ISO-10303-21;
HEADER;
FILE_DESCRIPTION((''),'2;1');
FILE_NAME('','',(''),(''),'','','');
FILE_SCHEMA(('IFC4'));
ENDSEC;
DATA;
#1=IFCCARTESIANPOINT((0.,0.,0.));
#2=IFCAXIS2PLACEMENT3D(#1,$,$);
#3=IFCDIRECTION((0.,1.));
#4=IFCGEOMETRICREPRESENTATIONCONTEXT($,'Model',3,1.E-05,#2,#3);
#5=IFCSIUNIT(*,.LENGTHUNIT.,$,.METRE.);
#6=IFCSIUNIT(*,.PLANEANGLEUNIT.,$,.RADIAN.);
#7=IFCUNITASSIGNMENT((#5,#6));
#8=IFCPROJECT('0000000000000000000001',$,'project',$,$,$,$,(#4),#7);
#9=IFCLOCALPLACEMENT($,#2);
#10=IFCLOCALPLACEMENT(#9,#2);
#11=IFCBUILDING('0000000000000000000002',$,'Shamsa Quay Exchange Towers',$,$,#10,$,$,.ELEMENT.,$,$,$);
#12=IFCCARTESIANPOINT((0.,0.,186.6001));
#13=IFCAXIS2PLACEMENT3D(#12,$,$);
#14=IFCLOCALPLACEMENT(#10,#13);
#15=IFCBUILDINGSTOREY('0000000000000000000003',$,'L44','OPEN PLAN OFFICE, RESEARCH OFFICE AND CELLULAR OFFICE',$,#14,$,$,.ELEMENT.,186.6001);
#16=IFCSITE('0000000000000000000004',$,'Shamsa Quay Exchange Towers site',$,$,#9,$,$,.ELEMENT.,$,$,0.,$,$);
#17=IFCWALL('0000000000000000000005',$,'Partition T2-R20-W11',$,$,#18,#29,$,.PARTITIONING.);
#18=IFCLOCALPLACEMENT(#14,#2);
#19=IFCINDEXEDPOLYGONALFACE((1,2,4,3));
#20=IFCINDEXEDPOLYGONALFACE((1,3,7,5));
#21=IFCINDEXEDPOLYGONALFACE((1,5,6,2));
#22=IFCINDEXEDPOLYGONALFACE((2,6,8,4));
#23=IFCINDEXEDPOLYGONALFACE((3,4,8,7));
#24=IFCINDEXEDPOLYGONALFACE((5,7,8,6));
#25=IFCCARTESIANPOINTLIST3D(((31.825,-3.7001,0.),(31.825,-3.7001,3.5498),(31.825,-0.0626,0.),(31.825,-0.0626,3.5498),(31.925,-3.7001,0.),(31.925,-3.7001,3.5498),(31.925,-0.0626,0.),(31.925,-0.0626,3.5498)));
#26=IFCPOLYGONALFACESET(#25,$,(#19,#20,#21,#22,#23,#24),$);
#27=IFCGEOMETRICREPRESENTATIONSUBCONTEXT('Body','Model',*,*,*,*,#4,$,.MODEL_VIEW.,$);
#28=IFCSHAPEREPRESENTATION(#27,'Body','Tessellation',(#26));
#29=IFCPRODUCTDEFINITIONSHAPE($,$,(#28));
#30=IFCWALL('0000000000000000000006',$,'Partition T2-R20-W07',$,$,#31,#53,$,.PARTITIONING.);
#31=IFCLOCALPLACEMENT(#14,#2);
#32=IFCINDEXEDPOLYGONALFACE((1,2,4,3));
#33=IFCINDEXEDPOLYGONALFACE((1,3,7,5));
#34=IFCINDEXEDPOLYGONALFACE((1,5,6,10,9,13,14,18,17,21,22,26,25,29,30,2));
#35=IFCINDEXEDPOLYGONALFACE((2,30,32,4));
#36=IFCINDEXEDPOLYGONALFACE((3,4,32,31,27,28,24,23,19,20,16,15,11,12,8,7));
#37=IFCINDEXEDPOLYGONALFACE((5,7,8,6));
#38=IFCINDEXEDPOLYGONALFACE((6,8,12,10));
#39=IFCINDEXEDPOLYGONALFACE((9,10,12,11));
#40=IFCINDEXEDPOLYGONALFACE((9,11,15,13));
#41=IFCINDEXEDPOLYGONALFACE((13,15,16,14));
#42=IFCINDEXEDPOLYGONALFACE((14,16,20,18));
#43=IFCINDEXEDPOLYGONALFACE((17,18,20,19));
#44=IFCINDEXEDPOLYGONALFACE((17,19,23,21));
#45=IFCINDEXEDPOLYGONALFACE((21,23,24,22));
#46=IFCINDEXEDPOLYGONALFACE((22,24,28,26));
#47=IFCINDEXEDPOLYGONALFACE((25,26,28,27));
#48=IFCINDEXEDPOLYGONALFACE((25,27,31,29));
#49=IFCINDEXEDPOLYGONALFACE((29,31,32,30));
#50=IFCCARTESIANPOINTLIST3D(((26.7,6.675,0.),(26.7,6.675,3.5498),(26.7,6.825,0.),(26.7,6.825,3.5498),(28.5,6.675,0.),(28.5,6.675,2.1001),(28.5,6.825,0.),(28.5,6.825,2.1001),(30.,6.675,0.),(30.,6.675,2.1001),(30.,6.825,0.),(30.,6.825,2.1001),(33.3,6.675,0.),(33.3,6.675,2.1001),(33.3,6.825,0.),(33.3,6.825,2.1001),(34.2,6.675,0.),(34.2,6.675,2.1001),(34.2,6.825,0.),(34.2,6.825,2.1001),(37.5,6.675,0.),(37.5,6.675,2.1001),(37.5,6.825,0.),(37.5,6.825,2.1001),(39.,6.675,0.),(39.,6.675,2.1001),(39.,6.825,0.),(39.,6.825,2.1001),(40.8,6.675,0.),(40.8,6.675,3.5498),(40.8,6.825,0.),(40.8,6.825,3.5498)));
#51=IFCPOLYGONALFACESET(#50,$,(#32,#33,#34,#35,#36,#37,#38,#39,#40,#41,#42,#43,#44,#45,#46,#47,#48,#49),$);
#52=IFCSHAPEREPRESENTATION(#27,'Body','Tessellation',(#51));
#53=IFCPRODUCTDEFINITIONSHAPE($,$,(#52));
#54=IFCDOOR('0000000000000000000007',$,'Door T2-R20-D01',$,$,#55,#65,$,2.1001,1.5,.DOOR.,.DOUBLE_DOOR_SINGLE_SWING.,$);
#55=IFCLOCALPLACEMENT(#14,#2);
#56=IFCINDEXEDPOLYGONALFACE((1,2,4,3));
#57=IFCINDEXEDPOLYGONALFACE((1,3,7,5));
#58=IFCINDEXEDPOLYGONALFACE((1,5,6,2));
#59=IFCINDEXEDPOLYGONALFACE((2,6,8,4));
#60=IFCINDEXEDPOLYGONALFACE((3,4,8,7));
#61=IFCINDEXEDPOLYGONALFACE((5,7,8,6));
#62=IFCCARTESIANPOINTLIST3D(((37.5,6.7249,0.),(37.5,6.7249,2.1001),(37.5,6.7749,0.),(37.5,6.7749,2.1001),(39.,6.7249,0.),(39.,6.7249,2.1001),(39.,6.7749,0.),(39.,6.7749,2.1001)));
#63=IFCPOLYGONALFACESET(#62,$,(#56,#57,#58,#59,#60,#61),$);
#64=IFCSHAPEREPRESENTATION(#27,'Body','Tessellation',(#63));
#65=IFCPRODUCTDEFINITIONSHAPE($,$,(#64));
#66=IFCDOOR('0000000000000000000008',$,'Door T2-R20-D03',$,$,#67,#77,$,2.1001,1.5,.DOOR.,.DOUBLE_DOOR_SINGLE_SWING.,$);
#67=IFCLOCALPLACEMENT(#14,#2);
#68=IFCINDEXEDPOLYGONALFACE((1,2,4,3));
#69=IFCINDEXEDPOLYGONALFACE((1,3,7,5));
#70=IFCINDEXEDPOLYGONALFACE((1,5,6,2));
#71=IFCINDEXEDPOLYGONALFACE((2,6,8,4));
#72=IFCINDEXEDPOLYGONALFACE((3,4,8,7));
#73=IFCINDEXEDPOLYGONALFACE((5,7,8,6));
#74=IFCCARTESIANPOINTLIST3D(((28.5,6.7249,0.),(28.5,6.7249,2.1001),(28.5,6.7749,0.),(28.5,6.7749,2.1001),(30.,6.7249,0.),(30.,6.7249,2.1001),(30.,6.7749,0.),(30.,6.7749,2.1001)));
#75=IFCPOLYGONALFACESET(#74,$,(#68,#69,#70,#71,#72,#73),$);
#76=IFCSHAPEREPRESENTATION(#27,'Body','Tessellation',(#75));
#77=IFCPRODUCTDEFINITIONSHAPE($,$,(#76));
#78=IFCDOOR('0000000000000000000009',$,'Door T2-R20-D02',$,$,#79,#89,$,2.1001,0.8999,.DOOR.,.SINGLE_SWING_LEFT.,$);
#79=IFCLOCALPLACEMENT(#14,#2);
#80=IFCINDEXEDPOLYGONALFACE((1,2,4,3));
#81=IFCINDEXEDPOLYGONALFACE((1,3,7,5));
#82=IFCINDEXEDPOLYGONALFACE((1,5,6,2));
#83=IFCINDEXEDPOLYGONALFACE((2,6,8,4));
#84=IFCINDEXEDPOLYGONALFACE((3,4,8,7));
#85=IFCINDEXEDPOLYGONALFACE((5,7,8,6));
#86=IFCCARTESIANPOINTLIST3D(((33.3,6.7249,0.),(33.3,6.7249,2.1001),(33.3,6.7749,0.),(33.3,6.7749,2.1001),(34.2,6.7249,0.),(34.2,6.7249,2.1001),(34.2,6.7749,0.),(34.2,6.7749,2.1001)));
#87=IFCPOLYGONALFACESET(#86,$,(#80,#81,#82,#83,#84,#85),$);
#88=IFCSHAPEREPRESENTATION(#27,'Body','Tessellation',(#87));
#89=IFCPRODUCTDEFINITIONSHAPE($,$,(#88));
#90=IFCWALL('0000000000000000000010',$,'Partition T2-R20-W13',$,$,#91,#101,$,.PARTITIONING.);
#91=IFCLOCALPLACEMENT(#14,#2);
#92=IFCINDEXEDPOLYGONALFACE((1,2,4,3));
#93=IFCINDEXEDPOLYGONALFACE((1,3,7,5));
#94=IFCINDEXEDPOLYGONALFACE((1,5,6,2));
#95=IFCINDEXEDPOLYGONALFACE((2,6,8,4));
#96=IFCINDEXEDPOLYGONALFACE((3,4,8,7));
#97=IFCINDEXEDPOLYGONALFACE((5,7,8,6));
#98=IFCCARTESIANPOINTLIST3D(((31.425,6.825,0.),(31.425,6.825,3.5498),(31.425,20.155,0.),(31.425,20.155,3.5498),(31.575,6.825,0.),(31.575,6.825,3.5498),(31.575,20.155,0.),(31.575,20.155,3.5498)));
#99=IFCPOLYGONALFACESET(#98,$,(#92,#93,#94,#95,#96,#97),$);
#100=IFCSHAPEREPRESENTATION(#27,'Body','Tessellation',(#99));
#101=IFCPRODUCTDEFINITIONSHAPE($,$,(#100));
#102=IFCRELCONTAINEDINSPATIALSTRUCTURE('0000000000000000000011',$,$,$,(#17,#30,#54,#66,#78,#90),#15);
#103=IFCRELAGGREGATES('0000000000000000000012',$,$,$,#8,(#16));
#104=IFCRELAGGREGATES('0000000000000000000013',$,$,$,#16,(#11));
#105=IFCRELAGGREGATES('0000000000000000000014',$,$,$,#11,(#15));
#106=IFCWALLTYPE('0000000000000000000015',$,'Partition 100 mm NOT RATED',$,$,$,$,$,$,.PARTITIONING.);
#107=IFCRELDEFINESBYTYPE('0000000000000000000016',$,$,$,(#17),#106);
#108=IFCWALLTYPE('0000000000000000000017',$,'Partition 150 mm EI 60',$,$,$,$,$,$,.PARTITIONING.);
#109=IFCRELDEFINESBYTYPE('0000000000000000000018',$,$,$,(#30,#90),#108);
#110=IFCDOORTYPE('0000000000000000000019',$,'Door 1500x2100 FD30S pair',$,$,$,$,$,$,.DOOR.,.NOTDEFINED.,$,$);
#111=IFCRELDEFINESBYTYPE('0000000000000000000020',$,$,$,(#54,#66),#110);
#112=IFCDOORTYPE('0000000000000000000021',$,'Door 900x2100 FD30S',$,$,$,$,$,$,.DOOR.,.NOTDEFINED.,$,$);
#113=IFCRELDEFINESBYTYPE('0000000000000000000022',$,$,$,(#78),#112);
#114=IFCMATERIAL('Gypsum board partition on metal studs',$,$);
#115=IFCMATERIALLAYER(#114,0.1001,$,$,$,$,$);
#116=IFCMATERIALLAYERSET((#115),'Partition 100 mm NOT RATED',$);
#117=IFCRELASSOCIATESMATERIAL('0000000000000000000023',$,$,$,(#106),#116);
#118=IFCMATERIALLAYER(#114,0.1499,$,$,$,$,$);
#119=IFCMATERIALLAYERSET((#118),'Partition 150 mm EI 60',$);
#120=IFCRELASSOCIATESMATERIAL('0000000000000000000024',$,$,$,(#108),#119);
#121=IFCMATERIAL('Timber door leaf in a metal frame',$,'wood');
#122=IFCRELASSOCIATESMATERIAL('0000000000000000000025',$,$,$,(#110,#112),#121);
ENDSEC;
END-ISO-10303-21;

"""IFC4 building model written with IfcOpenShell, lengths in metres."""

from ifc_helpers import new_model, si_unit, direction, frame, frame_2d, origin, place, context, subcontext, project, spatial, rectangle, extrude, material, layer, layer_set, type_object, element, fill, save


model = new_model("IFC4")

# Units and contexts
model_context = context("Model", 3, precision=1e-05, world=origin(), true_north=direction((0.0, 1.0)))
body_context = subcontext(model_context, "Body", "Model", "MODEL_VIEW")
ifc_project = project(units=[si_unit("LENGTHUNIT", "METRE"), si_unit("PLANEANGLEUNIT", "RADIAN")], contexts=[model_context])

# Site, building, storey
site_placement = place(None, origin())
site = spatial("IfcSite", under=ifc_project, at=site_placement, Name="Shamsa Quay Exchange Towers site", CompositionType="ELEMENT", RefElevation=0.0)
building_placement = place(site_placement, origin())
building = spatial("IfcBuilding", under=site, at=building_placement, Name="Shamsa Quay Exchange Towers", CompositionType="ELEMENT")
storey_placement = place(building_placement, frame((0.0, 0.0, 186.6001)))
storey = spatial("IfcBuildingStorey", under=building, at=storey_placement, Name="L44", Description="OPEN PLAN OFFICE, RESEARCH OFFICE AND CELLULAR OFFICE", CompositionType="ELEMENT", Elevation=186.6001)

# Shared definitions
ifc_material_1 = material(Name="Gypsum board partition on metal studs")
ifc_layer_1 = layer(ifc_material_1, 0.1001)
ifc_layer_set_1 = layer_set([ifc_layer_1], Name="Partition 100 mm NOT RATED")
wall_type_1 = type_object("IfcWallType", Name="Partition 100 mm NOT RATED", PredefinedType="PARTITIONING", material=ifc_layer_set_1)
ifc_material_2 = material(Name="Timber door leaf in a metal frame", Category="wood")

# Wall
wall_1_placement = place(storey_placement, frame((31.875, -0.0625, 0.0), z_axis=(0.0, 0.0, 1.0), x_axis=(0.0, -1.0, 0.0)))
element("IfcWall", 1, at=wall_1_placement, inside=storey, type_object=wall_type_1, Name="Partition T2-R20-W11", PredefinedType="PARTITIONING", context=body_context, shape_type="SweptSolid", body=[
    extrude(rectangle(XDim=3.6375, YDim=0.1001, at=frame_2d((1.8188, 0.0))), origin(), (0.0, 0.0, 1.0), 3.5498),
])

# Wall, openings, doors
ifc_layer_2 = layer(ifc_material_1, 0.1499)
ifc_layer_set_2 = layer_set([ifc_layer_2], Name="Partition 150 mm EI 60")
wall_type_2 = type_object("IfcWallType", Name="Partition 150 mm EI 60", PredefinedType="PARTITIONING", material=ifc_layer_set_2)
wall_2_placement = place(storey_placement, frame((26.7, 6.75, 0.0)))
wall_2 = element("IfcWall", 2, at=wall_2_placement, inside=storey, type_object=wall_type_2, Name="Partition T2-R20-W07", PredefinedType="PARTITIONING", context=body_context, shape_type="SweptSolid", body=[
    extrude(rectangle(XDim=14.1001, YDim=0.1499, at=frame_2d((7.05, 0.0))), origin(), (0.0, 0.0, 1.0), 3.5498),
])
opening_1_placement = place(wall_2_placement, frame((10.8, 0.0, 0.0)))
opening_1 = element("IfcOpeningElement", 3, at=opening_1_placement, cuts=wall_2, PredefinedType="OPENING", context=body_context, shape_type="SweptSolid", body=[
    extrude(rectangle(XDim=1.5, YDim=2.1001, at=frame_2d((0.75, 1.05))), frame((0.0, 0.085, 0.0), z_axis=(0.0, -1.0, 0.0), x_axis=(1.0, 0.0, 0.0)), (0.0, 0.0, 1.0), 0.1699),
])
opening_2_placement = place(wall_2_placement, frame((6.6001, 0.0, 0.0)))
opening_2 = element("IfcOpeningElement", 4, at=opening_2_placement, cuts=wall_2, PredefinedType="OPENING", context=body_context, shape_type="SweptSolid", body=[
    extrude(rectangle(XDim=0.8999, YDim=2.1001, at=frame_2d((0.45, 1.05))), frame((0.0, 0.085, 0.0), z_axis=(0.0, -1.0, 0.0), x_axis=(1.0, 0.0, 0.0)), (0.0, 0.0, 1.0), 0.1699),
])
opening_3_placement = place(wall_2_placement, frame((1.8, 0.0, 0.0)))
opening_3 = element("IfcOpeningElement", 5, at=opening_3_placement, cuts=wall_2, PredefinedType="OPENING", context=body_context, shape_type="SweptSolid", body=[
    extrude(rectangle(XDim=1.5, YDim=2.1001, at=frame_2d((0.75, 1.05))), frame((0.0, 0.085, 0.0), z_axis=(0.0, -1.0, 0.0), x_axis=(1.0, 0.0, 0.0)), (0.0, 0.0, 1.0), 0.1699),
])
door_type_1 = type_object("IfcDoorType", Name="Door 1500x2100 FD30S pair", OperationType="NOTDEFINED", PredefinedType="DOOR", material=ifc_material_2)
door_1_placement = place(opening_1_placement, origin())
door_1 = element("IfcDoor", 6, at=door_1_placement, inside=storey, type_object=door_type_1, Name="Door T2-R20-D01", OperationType="DOUBLE_DOOR_SINGLE_SWING", OverallHeight=2.1001, OverallWidth=1.5, PredefinedType="DOOR", context=body_context, shape_type="SweptSolid", body=[
    extrude(rectangle(XDim=1.5, YDim=2.1001, at=frame_2d((0.75, 1.05))), frame((0.0, 0.0249, 0.0), z_axis=(0.0, -1.0, 0.0), x_axis=(1.0, 0.0, 0.0)), (0.0, 0.0, 1.0), 0.05),
])
fill(opening_1, door_1)
door_2_placement = place(opening_3_placement, origin())
door_2 = element("IfcDoor", 7, at=door_2_placement, inside=storey, type_object=door_type_1, Name="Door T2-R20-D03", OperationType="DOUBLE_DOOR_SINGLE_SWING", OverallHeight=2.1001, OverallWidth=1.5, PredefinedType="DOOR", context=body_context, shape_type="SweptSolid", body=[
    extrude(rectangle(XDim=1.5, YDim=2.1001, at=frame_2d((0.75, 1.05))), frame((0.0, 0.0249, 0.0), z_axis=(0.0, -1.0, 0.0), x_axis=(1.0, 0.0, 0.0)), (0.0, 0.0, 1.0), 0.05),
])
fill(opening_3, door_2)
door_type_2 = type_object("IfcDoorType", Name="Door 900x2100 FD30S", OperationType="NOTDEFINED", PredefinedType="DOOR", material=ifc_material_2)
door_3_placement = place(opening_2_placement, origin())
door_3 = element("IfcDoor", 8, at=door_3_placement, inside=storey, type_object=door_type_2, Name="Door T2-R20-D02", OperationType="SINGLE_SWING_LEFT", OverallHeight=2.1001, OverallWidth=0.8999, PredefinedType="DOOR", context=body_context, shape_type="SweptSolid", body=[
    extrude(rectangle(XDim=0.8999, YDim=2.1001, at=frame_2d((0.45, 1.05))), frame((0.0, 0.0249, 0.0), z_axis=(0.0, -1.0, 0.0), x_axis=(1.0, 0.0, 0.0)), (0.0, 0.0, 1.0), 0.05),
])
fill(opening_2, door_3)

# Wall
wall_3_placement = place(storey_placement, frame((31.5, 20.155, 0.0), z_axis=(0.0, 0.0, 1.0), x_axis=(0.0, -1.0, 0.0)))
element("IfcWall", 9, at=wall_3_placement, inside=storey, type_object=wall_type_2, Name="Partition T2-R20-W13", PredefinedType="PARTITIONING", context=body_context, shape_type="SweptSolid", body=[
    extrude(rectangle(XDim=13.3301, YDim=0.1499, at=frame_2d((6.665, 0.0))), origin(), (0.0, 0.0, 1.0), 3.5498),
])

save(model, "model.ifc")
